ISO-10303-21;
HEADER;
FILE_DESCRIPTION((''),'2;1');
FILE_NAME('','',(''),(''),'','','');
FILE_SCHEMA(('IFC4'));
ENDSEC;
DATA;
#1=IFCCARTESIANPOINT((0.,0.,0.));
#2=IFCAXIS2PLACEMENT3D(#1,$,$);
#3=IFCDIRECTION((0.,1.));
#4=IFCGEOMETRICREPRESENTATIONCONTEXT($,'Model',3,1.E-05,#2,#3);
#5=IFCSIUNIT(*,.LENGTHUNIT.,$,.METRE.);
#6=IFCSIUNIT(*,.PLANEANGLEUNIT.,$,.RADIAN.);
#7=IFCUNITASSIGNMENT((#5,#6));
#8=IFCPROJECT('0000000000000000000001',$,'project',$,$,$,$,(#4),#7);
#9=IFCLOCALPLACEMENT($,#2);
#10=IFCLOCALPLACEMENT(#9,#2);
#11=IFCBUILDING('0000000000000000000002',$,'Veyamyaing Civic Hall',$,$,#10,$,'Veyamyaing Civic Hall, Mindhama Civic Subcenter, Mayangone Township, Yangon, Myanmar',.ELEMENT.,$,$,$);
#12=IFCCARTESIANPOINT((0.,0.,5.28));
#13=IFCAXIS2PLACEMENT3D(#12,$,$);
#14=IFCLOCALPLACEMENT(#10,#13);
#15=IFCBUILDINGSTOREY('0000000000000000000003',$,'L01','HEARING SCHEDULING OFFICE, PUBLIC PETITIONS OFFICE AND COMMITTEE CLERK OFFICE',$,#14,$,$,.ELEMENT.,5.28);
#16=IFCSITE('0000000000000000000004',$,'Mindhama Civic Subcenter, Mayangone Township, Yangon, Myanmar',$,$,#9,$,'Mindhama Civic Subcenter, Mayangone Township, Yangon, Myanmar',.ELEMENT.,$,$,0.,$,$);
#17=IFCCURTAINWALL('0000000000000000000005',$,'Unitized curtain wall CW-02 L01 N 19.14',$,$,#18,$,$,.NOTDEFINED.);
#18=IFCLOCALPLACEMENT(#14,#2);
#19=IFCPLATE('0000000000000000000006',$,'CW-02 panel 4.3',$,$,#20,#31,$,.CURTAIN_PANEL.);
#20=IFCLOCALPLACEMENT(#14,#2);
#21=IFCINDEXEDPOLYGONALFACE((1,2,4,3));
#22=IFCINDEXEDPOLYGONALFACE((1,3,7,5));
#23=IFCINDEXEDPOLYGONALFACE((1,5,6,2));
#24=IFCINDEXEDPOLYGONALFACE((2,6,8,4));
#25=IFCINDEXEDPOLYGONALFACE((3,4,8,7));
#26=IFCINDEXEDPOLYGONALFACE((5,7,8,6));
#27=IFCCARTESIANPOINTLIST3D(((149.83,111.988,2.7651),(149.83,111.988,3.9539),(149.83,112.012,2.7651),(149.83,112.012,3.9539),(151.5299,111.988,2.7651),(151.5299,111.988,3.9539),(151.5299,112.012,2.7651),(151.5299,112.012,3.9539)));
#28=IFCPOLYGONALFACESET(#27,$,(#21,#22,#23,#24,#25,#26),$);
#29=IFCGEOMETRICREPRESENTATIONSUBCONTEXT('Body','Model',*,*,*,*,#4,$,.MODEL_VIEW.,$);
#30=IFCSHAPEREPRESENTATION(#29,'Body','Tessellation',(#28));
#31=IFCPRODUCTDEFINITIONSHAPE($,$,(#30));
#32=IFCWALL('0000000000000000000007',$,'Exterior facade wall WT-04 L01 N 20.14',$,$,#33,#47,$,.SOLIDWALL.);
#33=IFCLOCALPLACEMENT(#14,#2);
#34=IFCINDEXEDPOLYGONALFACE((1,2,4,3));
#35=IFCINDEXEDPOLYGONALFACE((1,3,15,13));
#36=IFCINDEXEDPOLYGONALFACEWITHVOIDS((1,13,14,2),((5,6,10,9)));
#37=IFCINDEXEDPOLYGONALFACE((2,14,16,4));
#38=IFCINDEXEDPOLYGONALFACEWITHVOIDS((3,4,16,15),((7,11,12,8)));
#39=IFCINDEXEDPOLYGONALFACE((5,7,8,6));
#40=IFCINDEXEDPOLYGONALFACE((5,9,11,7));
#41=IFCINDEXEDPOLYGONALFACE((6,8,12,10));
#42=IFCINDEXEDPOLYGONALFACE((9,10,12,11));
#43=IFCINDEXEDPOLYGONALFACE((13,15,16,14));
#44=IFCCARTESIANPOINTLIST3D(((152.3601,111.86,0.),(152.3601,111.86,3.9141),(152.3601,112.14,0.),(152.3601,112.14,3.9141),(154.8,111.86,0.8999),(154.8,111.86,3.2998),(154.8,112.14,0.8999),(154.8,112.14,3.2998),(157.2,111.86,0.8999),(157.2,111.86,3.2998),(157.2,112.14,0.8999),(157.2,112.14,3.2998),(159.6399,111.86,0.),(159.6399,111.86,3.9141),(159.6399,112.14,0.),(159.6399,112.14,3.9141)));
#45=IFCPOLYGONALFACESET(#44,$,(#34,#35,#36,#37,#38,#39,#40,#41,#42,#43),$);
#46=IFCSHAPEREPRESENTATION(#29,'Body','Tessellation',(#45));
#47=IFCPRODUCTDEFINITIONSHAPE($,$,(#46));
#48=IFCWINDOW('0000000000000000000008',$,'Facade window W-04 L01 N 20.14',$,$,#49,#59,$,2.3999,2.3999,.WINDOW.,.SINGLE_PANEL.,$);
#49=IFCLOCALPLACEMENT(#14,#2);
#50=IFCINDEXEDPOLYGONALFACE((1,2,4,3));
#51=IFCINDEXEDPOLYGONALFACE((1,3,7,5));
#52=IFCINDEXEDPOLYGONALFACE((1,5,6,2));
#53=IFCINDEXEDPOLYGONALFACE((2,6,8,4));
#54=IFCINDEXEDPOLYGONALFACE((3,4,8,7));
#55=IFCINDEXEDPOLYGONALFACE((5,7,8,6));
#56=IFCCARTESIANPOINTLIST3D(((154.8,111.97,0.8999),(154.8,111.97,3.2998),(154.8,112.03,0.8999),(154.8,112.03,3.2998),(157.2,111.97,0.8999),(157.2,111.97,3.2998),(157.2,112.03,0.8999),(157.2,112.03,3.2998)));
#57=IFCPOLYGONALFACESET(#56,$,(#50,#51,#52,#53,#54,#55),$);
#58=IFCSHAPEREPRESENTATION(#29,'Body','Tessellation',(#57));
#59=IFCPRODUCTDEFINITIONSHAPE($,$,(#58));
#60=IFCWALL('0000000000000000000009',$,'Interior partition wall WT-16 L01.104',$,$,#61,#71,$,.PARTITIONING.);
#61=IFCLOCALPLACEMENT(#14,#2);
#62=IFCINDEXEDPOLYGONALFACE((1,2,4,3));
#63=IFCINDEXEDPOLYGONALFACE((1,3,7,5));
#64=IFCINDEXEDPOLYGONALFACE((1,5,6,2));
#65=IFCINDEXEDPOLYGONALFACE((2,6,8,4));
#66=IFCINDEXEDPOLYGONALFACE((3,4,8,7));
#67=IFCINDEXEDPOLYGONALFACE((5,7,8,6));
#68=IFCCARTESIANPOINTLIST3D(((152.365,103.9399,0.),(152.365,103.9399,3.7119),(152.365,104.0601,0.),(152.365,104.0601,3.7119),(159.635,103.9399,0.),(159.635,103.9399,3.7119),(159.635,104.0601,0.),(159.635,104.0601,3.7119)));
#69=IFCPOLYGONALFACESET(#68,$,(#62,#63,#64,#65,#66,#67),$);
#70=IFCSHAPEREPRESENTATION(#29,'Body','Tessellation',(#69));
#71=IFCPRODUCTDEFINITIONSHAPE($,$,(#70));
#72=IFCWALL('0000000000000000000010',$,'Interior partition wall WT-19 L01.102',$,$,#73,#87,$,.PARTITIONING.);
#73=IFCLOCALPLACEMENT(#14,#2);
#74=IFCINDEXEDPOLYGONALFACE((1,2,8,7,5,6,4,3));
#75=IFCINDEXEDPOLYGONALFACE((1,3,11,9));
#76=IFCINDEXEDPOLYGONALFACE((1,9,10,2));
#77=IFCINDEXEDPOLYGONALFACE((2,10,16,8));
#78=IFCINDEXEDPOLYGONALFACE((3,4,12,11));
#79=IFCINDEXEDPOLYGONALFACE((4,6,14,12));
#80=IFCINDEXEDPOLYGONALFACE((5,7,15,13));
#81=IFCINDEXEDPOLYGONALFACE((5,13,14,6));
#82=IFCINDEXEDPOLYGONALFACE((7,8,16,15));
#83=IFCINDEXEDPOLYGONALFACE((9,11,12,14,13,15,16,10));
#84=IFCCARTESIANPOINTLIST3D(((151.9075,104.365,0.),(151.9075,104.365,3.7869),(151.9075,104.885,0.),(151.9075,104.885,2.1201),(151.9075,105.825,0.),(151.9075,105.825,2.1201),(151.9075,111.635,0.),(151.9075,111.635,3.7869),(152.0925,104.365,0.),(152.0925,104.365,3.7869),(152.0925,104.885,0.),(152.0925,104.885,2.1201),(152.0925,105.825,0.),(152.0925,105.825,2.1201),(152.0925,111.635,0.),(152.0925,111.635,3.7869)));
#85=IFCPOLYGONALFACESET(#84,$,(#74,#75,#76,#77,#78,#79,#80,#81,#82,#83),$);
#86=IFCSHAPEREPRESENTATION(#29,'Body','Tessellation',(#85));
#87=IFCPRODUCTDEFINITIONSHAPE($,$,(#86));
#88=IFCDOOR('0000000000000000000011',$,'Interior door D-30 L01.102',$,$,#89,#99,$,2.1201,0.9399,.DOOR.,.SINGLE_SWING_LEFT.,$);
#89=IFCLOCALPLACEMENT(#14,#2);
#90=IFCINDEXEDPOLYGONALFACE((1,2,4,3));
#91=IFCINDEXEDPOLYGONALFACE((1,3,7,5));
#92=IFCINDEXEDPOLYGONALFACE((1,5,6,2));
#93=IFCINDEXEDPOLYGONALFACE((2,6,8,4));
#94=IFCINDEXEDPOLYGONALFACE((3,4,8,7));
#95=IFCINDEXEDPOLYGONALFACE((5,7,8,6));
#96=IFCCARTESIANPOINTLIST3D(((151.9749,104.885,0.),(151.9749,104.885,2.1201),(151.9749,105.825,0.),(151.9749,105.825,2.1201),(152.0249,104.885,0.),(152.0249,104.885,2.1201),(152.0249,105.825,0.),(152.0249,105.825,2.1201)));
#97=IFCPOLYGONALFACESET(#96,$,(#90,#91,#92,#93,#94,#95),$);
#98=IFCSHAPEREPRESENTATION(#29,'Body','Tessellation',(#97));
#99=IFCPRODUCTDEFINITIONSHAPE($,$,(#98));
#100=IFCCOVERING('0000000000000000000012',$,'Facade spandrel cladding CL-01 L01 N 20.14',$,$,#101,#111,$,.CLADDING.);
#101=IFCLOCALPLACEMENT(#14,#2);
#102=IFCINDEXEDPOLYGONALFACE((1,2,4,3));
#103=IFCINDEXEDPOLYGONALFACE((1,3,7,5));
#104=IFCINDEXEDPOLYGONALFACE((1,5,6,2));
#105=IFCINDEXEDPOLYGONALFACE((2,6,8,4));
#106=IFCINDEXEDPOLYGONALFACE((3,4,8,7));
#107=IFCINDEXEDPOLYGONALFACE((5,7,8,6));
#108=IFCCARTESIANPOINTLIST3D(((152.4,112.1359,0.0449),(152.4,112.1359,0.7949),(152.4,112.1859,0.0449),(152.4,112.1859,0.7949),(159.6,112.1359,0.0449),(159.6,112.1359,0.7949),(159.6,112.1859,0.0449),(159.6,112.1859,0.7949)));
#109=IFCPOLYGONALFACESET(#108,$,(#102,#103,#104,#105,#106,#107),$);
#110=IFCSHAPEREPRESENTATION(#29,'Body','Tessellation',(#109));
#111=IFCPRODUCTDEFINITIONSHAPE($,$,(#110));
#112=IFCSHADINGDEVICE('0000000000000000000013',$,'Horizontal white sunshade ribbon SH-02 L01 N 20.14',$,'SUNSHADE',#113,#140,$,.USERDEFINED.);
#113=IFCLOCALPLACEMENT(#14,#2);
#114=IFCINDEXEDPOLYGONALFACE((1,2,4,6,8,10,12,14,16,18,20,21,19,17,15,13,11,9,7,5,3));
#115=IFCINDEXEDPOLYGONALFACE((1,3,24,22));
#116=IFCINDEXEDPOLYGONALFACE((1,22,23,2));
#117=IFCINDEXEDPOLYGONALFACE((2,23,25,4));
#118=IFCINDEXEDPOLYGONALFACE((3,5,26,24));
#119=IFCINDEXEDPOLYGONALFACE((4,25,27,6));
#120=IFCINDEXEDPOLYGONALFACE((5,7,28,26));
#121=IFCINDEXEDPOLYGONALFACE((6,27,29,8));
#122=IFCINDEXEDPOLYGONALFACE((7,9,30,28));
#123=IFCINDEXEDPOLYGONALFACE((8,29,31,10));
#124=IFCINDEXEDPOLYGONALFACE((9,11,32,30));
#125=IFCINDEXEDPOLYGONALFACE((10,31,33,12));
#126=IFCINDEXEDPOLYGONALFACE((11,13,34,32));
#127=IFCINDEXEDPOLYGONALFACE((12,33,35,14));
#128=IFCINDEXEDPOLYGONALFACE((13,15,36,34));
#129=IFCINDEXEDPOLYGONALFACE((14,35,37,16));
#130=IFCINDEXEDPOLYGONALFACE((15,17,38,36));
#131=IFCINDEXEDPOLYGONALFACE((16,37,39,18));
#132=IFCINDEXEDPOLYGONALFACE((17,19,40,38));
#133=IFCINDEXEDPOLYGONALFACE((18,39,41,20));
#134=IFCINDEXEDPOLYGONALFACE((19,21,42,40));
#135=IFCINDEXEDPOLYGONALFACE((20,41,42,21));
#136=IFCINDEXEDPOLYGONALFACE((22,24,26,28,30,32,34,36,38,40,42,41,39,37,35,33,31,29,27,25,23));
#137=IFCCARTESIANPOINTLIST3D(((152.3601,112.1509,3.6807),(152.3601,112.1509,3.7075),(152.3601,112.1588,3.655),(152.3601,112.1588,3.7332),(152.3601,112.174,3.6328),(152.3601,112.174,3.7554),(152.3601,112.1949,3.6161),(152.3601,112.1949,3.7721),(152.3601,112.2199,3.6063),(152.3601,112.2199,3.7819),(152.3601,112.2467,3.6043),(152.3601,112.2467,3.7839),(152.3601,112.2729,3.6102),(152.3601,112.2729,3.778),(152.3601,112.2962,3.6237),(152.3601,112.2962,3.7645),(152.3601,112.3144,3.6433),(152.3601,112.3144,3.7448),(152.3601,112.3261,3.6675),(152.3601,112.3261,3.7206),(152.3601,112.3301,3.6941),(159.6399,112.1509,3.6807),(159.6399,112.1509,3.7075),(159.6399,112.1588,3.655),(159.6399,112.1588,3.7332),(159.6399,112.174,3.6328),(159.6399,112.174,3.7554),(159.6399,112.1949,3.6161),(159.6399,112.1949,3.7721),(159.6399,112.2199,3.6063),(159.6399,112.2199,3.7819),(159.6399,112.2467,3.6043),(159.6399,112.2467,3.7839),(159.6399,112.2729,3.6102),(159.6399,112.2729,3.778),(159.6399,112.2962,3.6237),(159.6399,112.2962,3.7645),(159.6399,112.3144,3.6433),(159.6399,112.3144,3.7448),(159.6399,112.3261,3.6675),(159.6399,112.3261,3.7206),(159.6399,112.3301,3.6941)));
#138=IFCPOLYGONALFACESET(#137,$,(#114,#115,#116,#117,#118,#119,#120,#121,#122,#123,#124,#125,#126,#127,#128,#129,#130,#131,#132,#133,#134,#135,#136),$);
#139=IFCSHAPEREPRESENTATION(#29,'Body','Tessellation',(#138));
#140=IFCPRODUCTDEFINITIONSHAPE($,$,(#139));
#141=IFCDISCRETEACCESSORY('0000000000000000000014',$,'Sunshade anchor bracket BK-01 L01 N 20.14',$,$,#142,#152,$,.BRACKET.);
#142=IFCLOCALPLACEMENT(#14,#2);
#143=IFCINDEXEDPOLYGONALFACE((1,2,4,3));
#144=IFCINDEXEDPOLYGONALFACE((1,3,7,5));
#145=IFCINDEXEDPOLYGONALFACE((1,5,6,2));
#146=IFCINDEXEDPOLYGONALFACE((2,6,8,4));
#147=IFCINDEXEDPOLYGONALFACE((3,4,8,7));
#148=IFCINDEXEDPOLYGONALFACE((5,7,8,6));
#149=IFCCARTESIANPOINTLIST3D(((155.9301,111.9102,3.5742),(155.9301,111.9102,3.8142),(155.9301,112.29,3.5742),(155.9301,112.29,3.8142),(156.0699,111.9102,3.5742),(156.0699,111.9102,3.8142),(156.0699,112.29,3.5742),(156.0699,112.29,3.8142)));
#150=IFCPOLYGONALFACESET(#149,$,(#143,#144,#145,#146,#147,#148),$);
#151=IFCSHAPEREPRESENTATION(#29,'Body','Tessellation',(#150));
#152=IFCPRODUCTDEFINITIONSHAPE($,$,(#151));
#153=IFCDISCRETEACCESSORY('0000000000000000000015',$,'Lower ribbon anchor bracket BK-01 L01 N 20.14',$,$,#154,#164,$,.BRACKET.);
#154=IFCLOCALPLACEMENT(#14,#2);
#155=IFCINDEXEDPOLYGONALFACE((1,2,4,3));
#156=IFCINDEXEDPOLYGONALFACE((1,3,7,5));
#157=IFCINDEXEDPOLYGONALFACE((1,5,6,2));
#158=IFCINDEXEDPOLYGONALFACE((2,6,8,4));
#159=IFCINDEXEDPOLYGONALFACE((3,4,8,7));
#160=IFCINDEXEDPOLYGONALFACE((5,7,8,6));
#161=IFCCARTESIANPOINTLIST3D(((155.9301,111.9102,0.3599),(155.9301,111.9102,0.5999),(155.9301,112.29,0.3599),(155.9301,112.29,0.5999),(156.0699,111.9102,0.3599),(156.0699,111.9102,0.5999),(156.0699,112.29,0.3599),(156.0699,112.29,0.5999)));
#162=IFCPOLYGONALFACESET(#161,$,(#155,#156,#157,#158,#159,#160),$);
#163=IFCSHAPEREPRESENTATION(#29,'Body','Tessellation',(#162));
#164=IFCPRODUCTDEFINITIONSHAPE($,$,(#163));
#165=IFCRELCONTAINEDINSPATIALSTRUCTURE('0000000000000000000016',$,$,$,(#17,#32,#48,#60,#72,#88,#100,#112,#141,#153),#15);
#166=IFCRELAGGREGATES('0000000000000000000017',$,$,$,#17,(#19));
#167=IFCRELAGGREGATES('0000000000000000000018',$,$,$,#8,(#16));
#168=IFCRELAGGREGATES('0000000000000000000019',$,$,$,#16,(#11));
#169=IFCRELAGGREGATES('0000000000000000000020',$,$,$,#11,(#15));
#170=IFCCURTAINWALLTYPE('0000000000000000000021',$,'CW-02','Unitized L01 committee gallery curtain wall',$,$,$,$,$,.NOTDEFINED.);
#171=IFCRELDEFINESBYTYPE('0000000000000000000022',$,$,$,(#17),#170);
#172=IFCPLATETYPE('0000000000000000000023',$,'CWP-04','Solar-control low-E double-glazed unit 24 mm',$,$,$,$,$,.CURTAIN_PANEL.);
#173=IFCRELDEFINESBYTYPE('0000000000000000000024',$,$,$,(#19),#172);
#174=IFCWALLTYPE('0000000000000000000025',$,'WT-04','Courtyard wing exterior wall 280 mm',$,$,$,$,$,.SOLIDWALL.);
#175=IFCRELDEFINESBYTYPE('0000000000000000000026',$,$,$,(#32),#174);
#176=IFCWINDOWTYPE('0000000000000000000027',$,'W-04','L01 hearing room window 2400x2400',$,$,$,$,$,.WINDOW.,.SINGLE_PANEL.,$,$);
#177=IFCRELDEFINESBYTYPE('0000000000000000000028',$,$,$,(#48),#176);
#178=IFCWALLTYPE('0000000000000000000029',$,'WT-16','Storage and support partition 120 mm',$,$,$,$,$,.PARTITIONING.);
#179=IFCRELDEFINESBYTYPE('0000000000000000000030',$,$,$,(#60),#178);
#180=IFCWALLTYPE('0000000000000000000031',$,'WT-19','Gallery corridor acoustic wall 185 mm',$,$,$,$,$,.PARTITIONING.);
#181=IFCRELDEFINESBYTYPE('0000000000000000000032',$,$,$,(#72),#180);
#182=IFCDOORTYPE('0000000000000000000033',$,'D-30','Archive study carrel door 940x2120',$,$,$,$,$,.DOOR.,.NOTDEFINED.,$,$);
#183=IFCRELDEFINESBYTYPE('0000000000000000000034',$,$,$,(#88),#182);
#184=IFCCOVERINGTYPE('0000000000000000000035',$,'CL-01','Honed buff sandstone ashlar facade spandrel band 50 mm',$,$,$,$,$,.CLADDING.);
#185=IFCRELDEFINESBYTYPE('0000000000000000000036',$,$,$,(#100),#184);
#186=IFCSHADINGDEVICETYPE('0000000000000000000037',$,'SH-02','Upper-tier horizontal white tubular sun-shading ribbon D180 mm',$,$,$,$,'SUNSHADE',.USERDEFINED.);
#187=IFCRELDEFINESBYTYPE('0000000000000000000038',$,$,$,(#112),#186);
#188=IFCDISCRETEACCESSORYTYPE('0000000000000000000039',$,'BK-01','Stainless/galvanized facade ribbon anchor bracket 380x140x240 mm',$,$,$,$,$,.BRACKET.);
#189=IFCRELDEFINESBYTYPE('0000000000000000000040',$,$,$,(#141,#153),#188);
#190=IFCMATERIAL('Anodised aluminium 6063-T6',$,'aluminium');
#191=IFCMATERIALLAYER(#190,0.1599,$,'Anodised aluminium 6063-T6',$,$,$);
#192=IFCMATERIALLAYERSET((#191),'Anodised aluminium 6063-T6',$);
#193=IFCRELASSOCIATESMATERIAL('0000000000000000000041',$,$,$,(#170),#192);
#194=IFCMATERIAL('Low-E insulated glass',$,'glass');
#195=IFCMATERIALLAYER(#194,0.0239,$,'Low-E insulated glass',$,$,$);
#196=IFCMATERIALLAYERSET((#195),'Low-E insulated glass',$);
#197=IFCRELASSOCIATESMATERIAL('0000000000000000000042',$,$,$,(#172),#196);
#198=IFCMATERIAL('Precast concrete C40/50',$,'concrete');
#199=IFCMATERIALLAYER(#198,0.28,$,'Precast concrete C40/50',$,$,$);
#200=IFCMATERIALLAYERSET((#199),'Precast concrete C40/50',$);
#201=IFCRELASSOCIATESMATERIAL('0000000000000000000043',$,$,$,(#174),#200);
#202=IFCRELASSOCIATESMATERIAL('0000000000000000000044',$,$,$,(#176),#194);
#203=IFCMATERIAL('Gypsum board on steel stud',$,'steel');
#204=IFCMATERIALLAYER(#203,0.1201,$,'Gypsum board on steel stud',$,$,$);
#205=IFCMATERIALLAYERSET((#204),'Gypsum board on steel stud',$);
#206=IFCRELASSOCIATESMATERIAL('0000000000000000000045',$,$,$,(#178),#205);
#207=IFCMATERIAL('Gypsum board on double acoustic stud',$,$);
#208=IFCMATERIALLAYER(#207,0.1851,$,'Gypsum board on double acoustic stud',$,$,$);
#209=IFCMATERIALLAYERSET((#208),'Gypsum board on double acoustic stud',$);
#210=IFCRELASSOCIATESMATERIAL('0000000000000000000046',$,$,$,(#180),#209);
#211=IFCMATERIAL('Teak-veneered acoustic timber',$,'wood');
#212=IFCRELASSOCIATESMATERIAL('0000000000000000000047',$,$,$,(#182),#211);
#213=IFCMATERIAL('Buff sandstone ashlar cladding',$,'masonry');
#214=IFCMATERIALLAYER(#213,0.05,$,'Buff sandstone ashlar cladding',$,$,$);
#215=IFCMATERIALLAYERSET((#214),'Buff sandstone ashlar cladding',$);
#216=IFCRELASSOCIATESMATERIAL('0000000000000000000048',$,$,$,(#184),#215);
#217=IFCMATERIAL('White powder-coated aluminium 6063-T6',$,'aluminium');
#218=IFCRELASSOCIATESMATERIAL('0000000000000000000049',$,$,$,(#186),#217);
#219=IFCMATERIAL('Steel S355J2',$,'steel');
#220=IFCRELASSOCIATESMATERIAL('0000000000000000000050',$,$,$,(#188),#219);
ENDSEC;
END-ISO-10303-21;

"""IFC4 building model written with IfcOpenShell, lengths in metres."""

from ifc_helpers import new_model, si_unit, direction, frame, frame_2d, origin, origin_2d, place, context, subcontext, project, spatial, rectangle, circle, extrude, material, layer, layer_set, material_profile, profile_set, type_object, element, fill, aggregate, save


model = new_model("IFC4")

# Units and contexts
model_context = context("Model", 3, precision=1e-05, world=origin(), true_north=direction((0.0, 1.0)))
body_context = subcontext(model_context, "Body", "Model", "MODEL_VIEW")
ifc_project = project(units=[si_unit("LENGTHUNIT", "METRE"), si_unit("PLANEANGLEUNIT", "RADIAN")], contexts=[model_context])

# Site, building, storey
site_placement = place(None, origin())
site = spatial("IfcSite", under=ifc_project, at=site_placement, Name="Mindhama Civic Subcenter, Mayangone Township, Yangon, Myanmar", LongName="Mindhama Civic Subcenter, Mayangone Township, Yangon, Myanmar", CompositionType="ELEMENT", RefElevation=0.0)
building_placement = place(site_placement, origin())
building = spatial("IfcBuilding", under=site, at=building_placement, Name="Veyamyaing Civic Hall", LongName="Veyamyaing Civic Hall, Mindhama Civic Subcenter, Mayangone Township, Yangon, Myanmar", CompositionType="ELEMENT")
storey_placement = place(building_placement, frame((0.0, 0.0, 5.28)))
storey = spatial("IfcBuildingStorey", under=building, at=storey_placement, Name="L01", Description="HEARING SCHEDULING OFFICE, PUBLIC PETITIONS OFFICE AND COMMITTEE CLERK OFFICE", CompositionType="ELEMENT", Elevation=5.28)

# Curtain wall
ifc_material_1 = material(Name="Anodised aluminium 6063-T6", Category="aluminium")
ifc_layer_1 = layer(ifc_material_1, 0.1599, Name="Anodised aluminium 6063-T6")
ifc_layer_set_1 = layer_set([ifc_layer_1], Name="Anodised aluminium 6063-T6")
curtain_wall_type = type_object("IfcCurtainWallType", Name="CW-02", Description="Unitized L01 committee gallery curtain wall", PredefinedType="NOTDEFINED", material=ifc_layer_set_1)
curtain_wall_placement = place(storey_placement, origin())
curtain_wall = element("IfcCurtainWall", 1, at=curtain_wall_placement, inside=storey, type_object=curtain_wall_type, Name="Unitized curtain wall CW-02 L01 N 19.14", PredefinedType="NOTDEFINED")

# Plate
ifc_material_2 = material(Name="Low-E insulated glass", Category="glass")
ifc_layer_2 = layer(ifc_material_2, 0.0239, Name="Low-E insulated glass")
ifc_layer_set_2 = layer_set([ifc_layer_2], Name="Low-E insulated glass")
plate_type = type_object("IfcPlateType", Name="CWP-04", Description="Solar-control low-E double-glazed unit 24 mm", PredefinedType="CURTAIN_PANEL", material=ifc_layer_set_2)
plate_1_placement = place(storey_placement, frame((150.6799, 112.0, 2.7651), z_axis=(0.0, 0.0, 1.0), x_axis=(1.0, 0.0, 0.0)))
plate_1 = element("IfcPlate", 2, at=plate_1_placement, type_object=plate_type, Name="CW-02 panel 4.3", PredefinedType="CURTAIN_PANEL", context=body_context, shape_type="SweptSolid", body=[
    extrude(rectangle(XDim=1.7, YDim=0.0239, at=origin_2d()), origin(), (0.0, 0.0, 1.0), 1.1887),
])
aggregate(curtain_wall, [plate_1])

# Wall, opening, window
ifc_material_3 = material(Name="Precast concrete C40/50", Category="concrete")
ifc_layer_3 = layer(ifc_material_3, 0.28, Name="Precast concrete C40/50")
ifc_layer_set_3 = layer_set([ifc_layer_3], Name="Precast concrete C40/50")
wall_type_1 = type_object("IfcWallType", Name="WT-04", Description="Courtyard wing exterior wall 280 mm", PredefinedType="SOLIDWALL", material=ifc_layer_set_3)
wall_1_placement = place(storey_placement, frame((152.3601, 112.0, 0.0), z_axis=(0.0, 0.0, 1.0), x_axis=(1.0, 0.0, 0.0)))
wall_1 = element("IfcWall", 3, at=wall_1_placement, inside=storey, type_object=wall_type_1, Name="Exterior facade wall WT-04 L01 N 20.14", PredefinedType="SOLIDWALL", context=body_context, shape_type="SweptSolid", body=[
    extrude(rectangle(XDim=7.2798, YDim=0.28, at=frame_2d((3.6399, 0.0))), origin(), (0.0, 0.0, 1.0), 3.9141),
])
opening_1_placement = place(wall_1_placement, frame((2.4399, 0.0, 0.8999)))
opening_1 = element("IfcOpeningElement", 4, at=opening_1_placement, cuts=wall_1, PredefinedType="OPENING", context=body_context, shape_type="SweptSolid", body=[
    extrude(rectangle(XDim=2.3999, YDim=2.3999, at=frame_2d((1.2, 1.2))), frame((0.0, 0.1499, 0.0), z_axis=(0.0, -1.0, 0.0), x_axis=(1.0, 0.0, 0.0)), (0.0, 0.0, 1.0), 0.3),
])
window_type = type_object("IfcWindowType", Name="W-04", Description="L01 hearing room window 2400x2400", PartitioningType="SINGLE_PANEL", PredefinedType="WINDOW", material=ifc_material_2)
window_placement = place(opening_1_placement, origin())
window = element("IfcWindow", 5, at=window_placement, inside=storey, type_object=window_type, Name="Facade window W-04 L01 N 20.14", OverallHeight=2.3999, OverallWidth=2.3999, PartitioningType="SINGLE_PANEL", PredefinedType="WINDOW", context=body_context, shape_type="SweptSolid", body=[
    extrude(rectangle(XDim=2.3999, YDim=2.3999, at=frame_2d((1.2, 1.2))), frame((0.0, 0.03, 0.0), z_axis=(0.0, -1.0, 0.0), x_axis=(1.0, 0.0, 0.0)), (0.0, 0.0, 1.0), 0.0601),
])
fill(opening_1, window)

# Wall
ifc_material_4 = material(Name="Gypsum board on steel stud", Category="steel")
ifc_layer_4 = layer(ifc_material_4, 0.1201, Name="Gypsum board on steel stud")
ifc_layer_set_4 = layer_set([ifc_layer_4], Name="Gypsum board on steel stud")
wall_type_2 = type_object("IfcWallType", Name="WT-16", Description="Storage and support partition 120 mm", PredefinedType="PARTITIONING", material=ifc_layer_set_4)
wall_2_placement = place(storey_placement, frame((152.365, 104.0, 0.0), z_axis=(0.0, 0.0, 1.0), x_axis=(1.0, 0.0, 0.0)))
element("IfcWall", 6, at=wall_2_placement, inside=storey, type_object=wall_type_2, Name="Interior partition wall WT-16 L01.104", PredefinedType="PARTITIONING", context=body_context, shape_type="SweptSolid", body=[
    extrude(rectangle(XDim=7.27, YDim=0.1201, at=frame_2d((3.635, 0.0))), origin(), (0.0, 0.0, 1.0), 3.7119),
])

# Wall, opening, door
ifc_material_5 = material(Name="Gypsum board on double acoustic stud")
ifc_layer_5 = layer(ifc_material_5, 0.1851, Name="Gypsum board on double acoustic stud")
ifc_layer_set_5 = layer_set([ifc_layer_5], Name="Gypsum board on double acoustic stud")
wall_type_3 = type_object("IfcWallType", Name="WT-19", Description="Gallery corridor acoustic wall 185 mm", PredefinedType="PARTITIONING", material=ifc_layer_set_5)
wall_3_placement = place(storey_placement, frame((152.0, 104.365, 0.0), z_axis=(0.0, 0.0, 1.0), x_axis=(0.0, 1.0, 0.0)))
wall_3 = element("IfcWall", 7, at=wall_3_placement, inside=storey, type_object=wall_type_3, Name="Interior partition wall WT-19 L01.102", PredefinedType="PARTITIONING", context=body_context, shape_type="SweptSolid", body=[
    extrude(rectangle(XDim=7.27, YDim=0.1851, at=frame_2d((3.635, 0.0))), origin(), (0.0, 0.0, 1.0), 3.7869),
])
opening_2_placement = place(wall_3_placement, frame((0.52, 0.0, 0.0)))
opening_2 = element("IfcOpeningElement", 8, at=opening_2_placement, cuts=wall_3, PredefinedType="OPENING", context=body_context, shape_type="SweptSolid", body=[
    extrude(rectangle(XDim=0.9399, YDim=2.1201, at=frame_2d((0.47, 1.0601))), frame((0.0, 0.1025, 0.0), z_axis=(0.0, -1.0, 0.0), x_axis=(1.0, 0.0, 0.0)), (0.0, 0.0, 1.0), 0.2051),
])
ifc_material_6 = material(Name="Teak-veneered acoustic timber", Category="wood")
door_type = type_object("IfcDoorType", Name="D-30", Description="Archive study carrel door 940x2120", OperationType="NOTDEFINED", PredefinedType="DOOR", material=ifc_material_6)
door_placement = place(opening_2_placement, frame((0.9399, 0.0, 0.0), z_axis=(0.0, 0.0, 1.0), x_axis=(-1.0, 0.0, 0.0)))
door = element("IfcDoor", 9, at=door_placement, inside=storey, type_object=door_type, Name="Interior door D-30 L01.102", OperationType="SINGLE_SWING_LEFT", OverallHeight=2.1201, OverallWidth=0.9399, PredefinedType="DOOR", context=body_context, shape_type="SweptSolid", body=[
    extrude(rectangle(XDim=0.9399, YDim=2.1201, at=frame_2d((0.47, 1.0601))), frame((0.0, 0.0249, 0.0), z_axis=(0.0, -1.0, 0.0), x_axis=(1.0, 0.0, 0.0)), (0.0, 0.0, 1.0), 0.05),
])
fill(opening_2, door)

# Covering
ifc_material_7 = material(Name="Buff sandstone ashlar cladding", Category="masonry")
ifc_layer_6 = layer(ifc_material_7, 0.05, Name="Buff sandstone ashlar cladding")
ifc_layer_set_6 = layer_set([ifc_layer_6], Name="Buff sandstone ashlar cladding")
covering_type = type_object("IfcCoveringType", Name="CL-01", Description="Honed buff sandstone ashlar facade spandrel band 50 mm", PredefinedType="CLADDING", material=ifc_layer_set_6)
covering_placement = place(storey_placement, frame((156.0, 112.1609, 0.0449), z_axis=(0.0, 0.0, 1.0), x_axis=(1.0, 0.0, 0.0)))
element("IfcCovering", 10, at=covering_placement, inside=storey, type_object=covering_type, Name="Facade spandrel cladding CL-01 L01 N 20.14", PredefinedType="CLADDING", context=body_context, shape_type="SweptSolid", body=[
    extrude(rectangle(XDim=7.2, YDim=0.05, at=origin_2d()), origin(), (0.0, 0.0, 1.0), 0.75),
])

# Shading device
ifc_material_8 = material(Name="White powder-coated aluminium 6063-T6", Category="aluminium")
ifc_material_profile_1 = material_profile(ifc_material_8, circle(Radius=0.0901, at=origin_2d()), Name="SHADE-TUBE-180")
ifc_profile_set_1 = profile_set([ifc_material_profile_1], Name="White powder-coated aluminium 6063-T6")
shading_device_type = type_object("IfcShadingDeviceType", Name="SH-02", Description="Upper-tier horizontal white tubular sun-shading ribbon D180 mm", ElementType="SUNSHADE", PredefinedType="USERDEFINED", material=ifc_profile_set_1)
shading_device_placement = place(storey_placement, frame((152.3601, 112.24, 3.6941), z_axis=(1.0, 0.0, 0.0), x_axis=(0.0, 1.0, 0.0)))
element("IfcShadingDevice", 11, at=shading_device_placement, inside=storey, type_object=shading_device_type, Name="Horizontal white sunshade ribbon SH-02 L01 N 20.14", ObjectType="SUNSHADE", PredefinedType="USERDEFINED", context=body_context, shape_type="SweptSolid", body=[
    extrude(circle(Radius=0.0901, at=origin_2d()), origin(), (0.0, 0.0, 1.0), 7.2798),
])

# Discrete accessories
ifc_material_9 = material(Name="Steel S355J2", Category="steel")
discrete_accessory_type = type_object("IfcDiscreteAccessoryType", Name="BK-01", Description="Stainless/galvanized facade ribbon anchor bracket 380x140x240 mm", PredefinedType="BRACKET", material=ifc_material_9)
for number, where, z_axis, x_axis, name in (
    (12, (156.0, 112.1001, 3.5742), (0.0, 0.0, 1.0), (0.0, 1.0, 0.0), "Sunshade anchor bracket BK-01 L01 N 20.14"),
    (13, (156.0, 112.1001, 0.3599), (0.0, 0.0, 1.0), (0.0, 1.0, 0.0), "Lower ribbon anchor bracket BK-01 L01 N 20.14"),
):
    element("IfcDiscreteAccessory", number, at=place(storey_placement, frame(where, z_axis=z_axis, x_axis=x_axis)), inside=storey, type_object=discrete_accessory_type, Name=name, PredefinedType="BRACKET", context=body_context, shape_type="SweptSolid", body=[
        extrude(rectangle(XDim=0.3799, YDim=0.1399, at=origin_2d()), origin(), (0.0, 0.0, 1.0), 0.24),
    ])

save(model, "model.ifc")
